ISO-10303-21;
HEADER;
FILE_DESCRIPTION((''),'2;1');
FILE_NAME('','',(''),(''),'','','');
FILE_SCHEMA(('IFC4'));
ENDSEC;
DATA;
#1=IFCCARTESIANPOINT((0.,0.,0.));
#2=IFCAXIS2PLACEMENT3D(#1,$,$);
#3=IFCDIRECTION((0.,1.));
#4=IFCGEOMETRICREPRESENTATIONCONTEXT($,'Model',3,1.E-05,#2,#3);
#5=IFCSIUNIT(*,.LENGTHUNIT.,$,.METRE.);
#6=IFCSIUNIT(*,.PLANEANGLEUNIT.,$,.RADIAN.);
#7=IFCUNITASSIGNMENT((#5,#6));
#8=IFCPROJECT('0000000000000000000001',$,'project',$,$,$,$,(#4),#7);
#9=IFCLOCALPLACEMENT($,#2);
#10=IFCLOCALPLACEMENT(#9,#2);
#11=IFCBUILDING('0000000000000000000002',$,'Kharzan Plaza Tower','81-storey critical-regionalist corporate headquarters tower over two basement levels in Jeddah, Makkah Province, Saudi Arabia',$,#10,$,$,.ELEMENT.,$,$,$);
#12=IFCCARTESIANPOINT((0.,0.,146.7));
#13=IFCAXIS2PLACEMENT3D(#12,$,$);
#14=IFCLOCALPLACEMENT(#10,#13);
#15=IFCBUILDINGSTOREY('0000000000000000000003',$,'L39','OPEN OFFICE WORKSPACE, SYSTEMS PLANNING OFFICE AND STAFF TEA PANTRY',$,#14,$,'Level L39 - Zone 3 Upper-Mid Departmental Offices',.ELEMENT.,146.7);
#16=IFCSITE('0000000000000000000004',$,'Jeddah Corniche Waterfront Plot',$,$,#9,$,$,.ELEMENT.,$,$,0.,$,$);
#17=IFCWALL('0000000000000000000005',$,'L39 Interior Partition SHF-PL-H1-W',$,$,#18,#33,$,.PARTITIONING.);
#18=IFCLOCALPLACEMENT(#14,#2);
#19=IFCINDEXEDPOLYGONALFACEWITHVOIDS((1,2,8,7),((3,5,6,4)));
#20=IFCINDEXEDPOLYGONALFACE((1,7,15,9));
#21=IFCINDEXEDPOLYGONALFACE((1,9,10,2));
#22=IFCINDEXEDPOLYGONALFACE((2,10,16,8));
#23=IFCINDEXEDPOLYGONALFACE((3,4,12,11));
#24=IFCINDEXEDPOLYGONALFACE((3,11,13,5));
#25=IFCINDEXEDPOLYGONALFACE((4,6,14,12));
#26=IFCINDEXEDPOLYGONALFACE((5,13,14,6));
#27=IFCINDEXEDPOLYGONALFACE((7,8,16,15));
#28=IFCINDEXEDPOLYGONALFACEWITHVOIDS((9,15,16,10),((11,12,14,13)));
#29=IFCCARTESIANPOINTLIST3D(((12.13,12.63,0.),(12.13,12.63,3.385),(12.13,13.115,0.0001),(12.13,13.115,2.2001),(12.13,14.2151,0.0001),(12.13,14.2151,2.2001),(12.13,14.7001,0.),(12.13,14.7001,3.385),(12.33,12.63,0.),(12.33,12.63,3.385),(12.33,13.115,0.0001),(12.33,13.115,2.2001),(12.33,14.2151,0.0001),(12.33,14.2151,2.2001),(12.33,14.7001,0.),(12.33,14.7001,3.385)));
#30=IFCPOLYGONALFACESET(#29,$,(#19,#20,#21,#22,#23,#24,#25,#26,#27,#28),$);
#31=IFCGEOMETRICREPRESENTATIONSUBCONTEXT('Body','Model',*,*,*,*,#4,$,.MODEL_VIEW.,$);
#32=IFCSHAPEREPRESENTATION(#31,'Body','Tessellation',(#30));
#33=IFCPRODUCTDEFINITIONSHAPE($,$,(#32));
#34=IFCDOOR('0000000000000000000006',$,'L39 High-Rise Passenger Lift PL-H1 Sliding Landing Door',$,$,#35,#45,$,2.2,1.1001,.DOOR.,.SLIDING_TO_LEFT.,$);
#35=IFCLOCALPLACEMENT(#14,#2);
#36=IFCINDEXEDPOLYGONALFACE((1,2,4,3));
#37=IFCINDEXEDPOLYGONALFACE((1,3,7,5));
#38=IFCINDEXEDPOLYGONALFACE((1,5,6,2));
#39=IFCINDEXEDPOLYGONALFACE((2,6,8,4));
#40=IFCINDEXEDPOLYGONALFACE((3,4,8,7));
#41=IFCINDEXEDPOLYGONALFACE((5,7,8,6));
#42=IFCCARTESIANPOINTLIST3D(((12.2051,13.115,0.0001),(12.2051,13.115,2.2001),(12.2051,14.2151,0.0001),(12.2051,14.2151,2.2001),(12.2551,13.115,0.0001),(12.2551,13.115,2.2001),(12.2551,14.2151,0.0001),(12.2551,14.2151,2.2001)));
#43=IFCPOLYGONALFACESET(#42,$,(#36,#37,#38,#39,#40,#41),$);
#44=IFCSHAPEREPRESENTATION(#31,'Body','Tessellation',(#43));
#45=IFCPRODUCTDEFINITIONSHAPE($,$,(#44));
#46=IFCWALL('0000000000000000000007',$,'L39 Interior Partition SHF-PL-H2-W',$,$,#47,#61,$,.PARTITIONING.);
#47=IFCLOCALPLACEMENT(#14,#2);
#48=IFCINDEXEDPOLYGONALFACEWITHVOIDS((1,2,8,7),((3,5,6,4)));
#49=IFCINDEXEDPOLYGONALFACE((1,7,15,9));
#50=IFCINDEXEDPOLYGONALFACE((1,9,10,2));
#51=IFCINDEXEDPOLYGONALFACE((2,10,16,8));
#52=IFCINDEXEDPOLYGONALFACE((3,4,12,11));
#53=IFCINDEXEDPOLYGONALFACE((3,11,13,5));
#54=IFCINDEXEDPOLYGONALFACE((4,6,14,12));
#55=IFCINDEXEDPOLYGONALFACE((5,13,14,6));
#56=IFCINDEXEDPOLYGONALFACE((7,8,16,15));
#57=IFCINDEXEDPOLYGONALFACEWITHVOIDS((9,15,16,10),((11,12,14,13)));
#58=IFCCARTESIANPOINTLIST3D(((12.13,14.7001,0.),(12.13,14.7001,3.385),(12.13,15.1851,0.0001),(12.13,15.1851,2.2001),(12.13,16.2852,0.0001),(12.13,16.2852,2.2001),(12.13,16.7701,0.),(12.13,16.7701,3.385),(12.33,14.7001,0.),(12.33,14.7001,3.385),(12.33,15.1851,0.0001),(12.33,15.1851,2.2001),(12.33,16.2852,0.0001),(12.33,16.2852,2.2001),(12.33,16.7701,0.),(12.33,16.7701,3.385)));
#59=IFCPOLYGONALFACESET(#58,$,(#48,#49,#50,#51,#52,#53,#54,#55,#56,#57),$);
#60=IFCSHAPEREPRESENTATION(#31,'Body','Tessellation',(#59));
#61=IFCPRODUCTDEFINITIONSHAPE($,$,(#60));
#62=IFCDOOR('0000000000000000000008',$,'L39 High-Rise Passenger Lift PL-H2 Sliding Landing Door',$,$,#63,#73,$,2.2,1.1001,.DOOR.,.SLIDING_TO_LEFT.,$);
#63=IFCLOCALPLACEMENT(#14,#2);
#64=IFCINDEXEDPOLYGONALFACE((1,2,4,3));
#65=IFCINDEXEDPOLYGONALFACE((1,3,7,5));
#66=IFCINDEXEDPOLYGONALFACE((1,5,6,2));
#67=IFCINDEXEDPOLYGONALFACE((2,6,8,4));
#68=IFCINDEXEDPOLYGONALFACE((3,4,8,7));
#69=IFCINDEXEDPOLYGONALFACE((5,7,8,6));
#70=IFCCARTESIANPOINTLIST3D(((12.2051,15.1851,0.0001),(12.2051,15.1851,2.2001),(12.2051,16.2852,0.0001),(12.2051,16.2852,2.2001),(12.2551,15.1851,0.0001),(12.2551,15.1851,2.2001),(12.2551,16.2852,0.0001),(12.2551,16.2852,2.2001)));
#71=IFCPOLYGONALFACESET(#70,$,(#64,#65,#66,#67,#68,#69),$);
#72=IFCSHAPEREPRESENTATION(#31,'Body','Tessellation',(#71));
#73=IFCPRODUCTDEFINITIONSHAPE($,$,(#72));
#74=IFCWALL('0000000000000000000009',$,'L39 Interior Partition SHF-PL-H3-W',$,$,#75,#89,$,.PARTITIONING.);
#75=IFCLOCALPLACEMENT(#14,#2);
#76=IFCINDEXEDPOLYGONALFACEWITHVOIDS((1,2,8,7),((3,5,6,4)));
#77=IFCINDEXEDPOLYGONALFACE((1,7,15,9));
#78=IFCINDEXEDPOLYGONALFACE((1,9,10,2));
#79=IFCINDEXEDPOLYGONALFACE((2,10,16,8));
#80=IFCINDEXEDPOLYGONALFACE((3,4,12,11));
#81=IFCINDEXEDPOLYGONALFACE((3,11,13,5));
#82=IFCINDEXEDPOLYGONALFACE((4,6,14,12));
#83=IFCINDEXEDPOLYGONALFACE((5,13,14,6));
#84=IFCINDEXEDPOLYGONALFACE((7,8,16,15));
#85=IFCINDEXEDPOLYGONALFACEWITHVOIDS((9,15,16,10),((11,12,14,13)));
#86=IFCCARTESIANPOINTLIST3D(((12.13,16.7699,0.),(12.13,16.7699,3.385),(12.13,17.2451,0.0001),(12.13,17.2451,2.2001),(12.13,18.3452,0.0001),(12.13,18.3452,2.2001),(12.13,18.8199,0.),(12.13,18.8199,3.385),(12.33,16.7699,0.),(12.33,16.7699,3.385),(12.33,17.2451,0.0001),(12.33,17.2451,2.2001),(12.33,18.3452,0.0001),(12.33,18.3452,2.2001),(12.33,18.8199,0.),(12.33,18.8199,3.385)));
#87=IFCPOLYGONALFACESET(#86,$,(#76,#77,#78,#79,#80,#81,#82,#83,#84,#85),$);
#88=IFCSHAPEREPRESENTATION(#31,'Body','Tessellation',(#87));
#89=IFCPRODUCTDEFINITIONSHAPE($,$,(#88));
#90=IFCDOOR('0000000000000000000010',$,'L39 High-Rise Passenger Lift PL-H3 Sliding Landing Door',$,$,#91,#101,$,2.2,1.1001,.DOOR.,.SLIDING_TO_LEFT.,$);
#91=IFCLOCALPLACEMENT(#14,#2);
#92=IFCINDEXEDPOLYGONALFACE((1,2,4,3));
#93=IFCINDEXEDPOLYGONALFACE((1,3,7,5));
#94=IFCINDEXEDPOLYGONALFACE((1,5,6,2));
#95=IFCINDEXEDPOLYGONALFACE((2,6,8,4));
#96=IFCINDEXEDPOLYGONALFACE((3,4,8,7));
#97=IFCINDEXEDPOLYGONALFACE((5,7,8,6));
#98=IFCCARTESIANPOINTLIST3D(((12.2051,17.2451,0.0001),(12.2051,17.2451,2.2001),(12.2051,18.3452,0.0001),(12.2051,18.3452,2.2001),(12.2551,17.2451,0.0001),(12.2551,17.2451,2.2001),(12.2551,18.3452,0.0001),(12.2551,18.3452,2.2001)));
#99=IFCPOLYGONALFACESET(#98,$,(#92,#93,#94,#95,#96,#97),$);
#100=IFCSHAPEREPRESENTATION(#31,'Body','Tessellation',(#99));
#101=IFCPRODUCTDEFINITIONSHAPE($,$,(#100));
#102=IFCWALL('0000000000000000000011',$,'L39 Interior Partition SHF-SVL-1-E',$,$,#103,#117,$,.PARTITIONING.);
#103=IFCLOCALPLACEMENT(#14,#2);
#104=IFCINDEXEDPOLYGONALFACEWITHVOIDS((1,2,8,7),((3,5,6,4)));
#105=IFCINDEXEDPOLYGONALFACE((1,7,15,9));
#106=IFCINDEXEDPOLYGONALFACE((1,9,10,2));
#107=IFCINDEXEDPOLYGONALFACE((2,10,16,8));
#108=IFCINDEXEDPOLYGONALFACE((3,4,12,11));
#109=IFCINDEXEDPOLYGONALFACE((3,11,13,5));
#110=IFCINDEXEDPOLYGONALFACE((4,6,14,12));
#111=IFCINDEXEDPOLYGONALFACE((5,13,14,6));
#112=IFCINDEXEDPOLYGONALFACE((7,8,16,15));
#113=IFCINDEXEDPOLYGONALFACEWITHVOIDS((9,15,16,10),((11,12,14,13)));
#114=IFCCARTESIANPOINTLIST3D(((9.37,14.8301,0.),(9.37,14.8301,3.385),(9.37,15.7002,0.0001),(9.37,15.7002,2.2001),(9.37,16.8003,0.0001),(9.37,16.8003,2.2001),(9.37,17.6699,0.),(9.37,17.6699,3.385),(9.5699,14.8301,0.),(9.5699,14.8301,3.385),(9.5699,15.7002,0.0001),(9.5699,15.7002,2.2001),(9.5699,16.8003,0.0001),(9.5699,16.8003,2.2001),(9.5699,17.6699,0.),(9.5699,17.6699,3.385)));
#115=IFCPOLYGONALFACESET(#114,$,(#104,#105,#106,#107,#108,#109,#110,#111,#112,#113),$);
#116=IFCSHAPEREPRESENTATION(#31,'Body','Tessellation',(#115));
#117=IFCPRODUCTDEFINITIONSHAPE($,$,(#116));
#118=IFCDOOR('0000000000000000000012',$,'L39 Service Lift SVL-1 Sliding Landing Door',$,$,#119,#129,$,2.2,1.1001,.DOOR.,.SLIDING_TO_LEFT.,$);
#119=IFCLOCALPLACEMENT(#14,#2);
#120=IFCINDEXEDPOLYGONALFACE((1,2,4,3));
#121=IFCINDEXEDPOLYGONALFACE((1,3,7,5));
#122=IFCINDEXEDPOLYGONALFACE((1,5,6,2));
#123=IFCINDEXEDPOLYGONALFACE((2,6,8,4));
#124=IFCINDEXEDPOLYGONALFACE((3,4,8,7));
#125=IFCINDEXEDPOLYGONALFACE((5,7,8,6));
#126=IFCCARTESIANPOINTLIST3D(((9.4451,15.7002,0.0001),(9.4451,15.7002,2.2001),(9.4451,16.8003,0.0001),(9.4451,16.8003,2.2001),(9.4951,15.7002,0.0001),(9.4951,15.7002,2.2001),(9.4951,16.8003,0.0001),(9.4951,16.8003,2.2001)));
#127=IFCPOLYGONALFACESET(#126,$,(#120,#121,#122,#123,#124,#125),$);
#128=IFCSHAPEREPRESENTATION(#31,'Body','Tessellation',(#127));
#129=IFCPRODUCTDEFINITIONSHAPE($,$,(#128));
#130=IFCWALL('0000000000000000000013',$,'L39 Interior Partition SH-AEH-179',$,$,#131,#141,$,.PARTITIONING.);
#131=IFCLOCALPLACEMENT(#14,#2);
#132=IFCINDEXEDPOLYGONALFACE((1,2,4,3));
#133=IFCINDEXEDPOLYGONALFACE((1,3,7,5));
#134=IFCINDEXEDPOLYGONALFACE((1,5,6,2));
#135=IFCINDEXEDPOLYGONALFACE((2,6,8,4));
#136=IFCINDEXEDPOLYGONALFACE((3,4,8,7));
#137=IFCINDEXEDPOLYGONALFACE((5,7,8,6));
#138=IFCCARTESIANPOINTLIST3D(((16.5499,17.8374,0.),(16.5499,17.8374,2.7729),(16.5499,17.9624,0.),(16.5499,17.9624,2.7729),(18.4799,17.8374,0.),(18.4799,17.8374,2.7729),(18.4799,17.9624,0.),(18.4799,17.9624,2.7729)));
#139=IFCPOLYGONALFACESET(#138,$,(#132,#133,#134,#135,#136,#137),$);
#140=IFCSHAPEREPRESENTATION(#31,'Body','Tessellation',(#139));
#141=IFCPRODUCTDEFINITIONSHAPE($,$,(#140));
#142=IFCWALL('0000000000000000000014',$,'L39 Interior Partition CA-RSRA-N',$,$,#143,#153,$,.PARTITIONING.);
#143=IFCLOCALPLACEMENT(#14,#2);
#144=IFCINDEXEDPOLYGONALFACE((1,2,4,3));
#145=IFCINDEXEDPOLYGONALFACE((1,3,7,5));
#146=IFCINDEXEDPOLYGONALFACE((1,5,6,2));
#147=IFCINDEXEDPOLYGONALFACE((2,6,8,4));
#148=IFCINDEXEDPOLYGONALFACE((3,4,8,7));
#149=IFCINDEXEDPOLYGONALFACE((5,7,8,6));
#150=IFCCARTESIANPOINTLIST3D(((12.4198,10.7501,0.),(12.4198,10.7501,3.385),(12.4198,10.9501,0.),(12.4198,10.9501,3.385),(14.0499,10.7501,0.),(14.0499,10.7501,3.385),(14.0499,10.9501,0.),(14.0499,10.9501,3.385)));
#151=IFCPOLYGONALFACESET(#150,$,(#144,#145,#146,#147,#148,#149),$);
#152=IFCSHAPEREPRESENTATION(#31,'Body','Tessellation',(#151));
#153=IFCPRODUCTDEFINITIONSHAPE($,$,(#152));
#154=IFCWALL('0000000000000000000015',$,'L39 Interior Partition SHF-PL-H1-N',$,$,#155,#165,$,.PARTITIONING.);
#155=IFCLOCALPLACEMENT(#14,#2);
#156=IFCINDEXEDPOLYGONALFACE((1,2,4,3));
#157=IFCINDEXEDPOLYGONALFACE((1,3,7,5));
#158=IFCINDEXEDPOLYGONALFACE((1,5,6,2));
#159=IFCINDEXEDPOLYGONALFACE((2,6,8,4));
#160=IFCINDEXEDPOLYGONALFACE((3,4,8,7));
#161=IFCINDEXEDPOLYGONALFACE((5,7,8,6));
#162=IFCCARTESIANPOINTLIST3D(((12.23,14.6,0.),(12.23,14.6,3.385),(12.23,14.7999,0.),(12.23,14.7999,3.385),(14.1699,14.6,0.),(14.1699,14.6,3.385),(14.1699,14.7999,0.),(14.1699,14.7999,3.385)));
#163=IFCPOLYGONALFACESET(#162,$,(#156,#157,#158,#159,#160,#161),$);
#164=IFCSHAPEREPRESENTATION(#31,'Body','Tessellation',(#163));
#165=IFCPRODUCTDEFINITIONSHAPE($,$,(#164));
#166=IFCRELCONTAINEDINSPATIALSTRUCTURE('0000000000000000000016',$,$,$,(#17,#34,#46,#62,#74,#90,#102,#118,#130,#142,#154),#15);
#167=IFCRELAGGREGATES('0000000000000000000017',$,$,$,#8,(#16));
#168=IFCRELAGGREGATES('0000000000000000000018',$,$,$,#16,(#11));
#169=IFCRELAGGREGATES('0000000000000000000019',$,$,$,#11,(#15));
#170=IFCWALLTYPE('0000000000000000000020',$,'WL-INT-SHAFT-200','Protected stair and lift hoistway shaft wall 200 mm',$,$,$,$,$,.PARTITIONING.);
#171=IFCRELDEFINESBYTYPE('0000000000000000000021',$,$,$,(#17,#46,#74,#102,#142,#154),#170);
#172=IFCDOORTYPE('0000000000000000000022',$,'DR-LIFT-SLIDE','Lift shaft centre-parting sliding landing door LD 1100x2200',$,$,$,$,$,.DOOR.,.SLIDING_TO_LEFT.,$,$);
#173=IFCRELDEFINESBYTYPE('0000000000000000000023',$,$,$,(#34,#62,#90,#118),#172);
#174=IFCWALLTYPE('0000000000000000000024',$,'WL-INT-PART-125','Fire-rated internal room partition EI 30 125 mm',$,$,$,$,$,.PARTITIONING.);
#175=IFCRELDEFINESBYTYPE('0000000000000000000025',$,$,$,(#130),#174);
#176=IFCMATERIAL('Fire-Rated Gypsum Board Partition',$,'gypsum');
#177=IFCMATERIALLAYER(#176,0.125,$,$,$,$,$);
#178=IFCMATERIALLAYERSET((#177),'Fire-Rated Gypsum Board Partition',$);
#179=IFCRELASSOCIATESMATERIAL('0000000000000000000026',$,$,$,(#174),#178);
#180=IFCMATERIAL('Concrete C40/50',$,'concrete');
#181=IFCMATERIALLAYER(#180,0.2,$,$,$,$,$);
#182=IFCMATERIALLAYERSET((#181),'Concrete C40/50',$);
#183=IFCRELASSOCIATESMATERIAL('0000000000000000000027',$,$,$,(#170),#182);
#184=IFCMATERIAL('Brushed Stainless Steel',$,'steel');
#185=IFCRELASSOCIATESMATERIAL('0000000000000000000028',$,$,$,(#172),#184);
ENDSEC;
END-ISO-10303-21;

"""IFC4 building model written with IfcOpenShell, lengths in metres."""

from ifc_helpers import new_model, si_unit, direction, frame, frame_2d, origin, place, context, subcontext, project, spatial, rectangle, extrude, source, transform, mapped, material, layer, layer_set, type_object, element, fill, save


model = new_model("IFC4")

# Units and contexts
model_context = context("Model", 3, precision=1e-05, world=origin(), true_north=direction((0.0, 1.0)))
body_context = subcontext(model_context, "Body", "Model", "MODEL_VIEW")
ifc_project = project(units=[si_unit("LENGTHUNIT", "METRE"), si_unit("PLANEANGLEUNIT", "RADIAN")], contexts=[model_context])

# Site, building, storey
site_placement = place(None, origin())
site = spatial("IfcSite", under=ifc_project, at=site_placement, Name="Jeddah Corniche Waterfront Plot", CompositionType="ELEMENT", RefElevation=0.0)
building_placement = place(site_placement, origin())
building = spatial("IfcBuilding", under=site, at=building_placement, Name="Kharzan Plaza Tower", Description="81-storey critical-regionalist corporate headquarters tower over two basement levels in Jeddah, Makkah Province, Saudi Arabia", CompositionType="ELEMENT")
storey_placement = place(building_placement, frame((0.0, 0.0, 146.7)))
storey = spatial("IfcBuildingStorey", under=building, at=storey_placement, Name="L39", Description="OPEN OFFICE WORKSPACE, SYSTEMS PLANNING OFFICE AND STAFF TEA PANTRY", LongName="Level L39 - Zone 3 Upper-Mid Departmental Offices", CompositionType="ELEMENT", Elevation=146.7)

# Walls, openings, doors
ifc_material_1 = material(Name="Fire-Rated Gypsum Board Partition", Category="gypsum")
ifc_layer_1 = layer(ifc_material_1, 0.125)
ifc_layer_set_1 = layer_set([ifc_layer_1], Name="Fire-Rated Gypsum Board Partition")
wall_type_1 = type_object("IfcWallType", Name="WL-INT-PART-125", Description="Fire-rated internal room partition EI 30 125 mm", PredefinedType="PARTITIONING", material=ifc_layer_set_1)
ifc_material_2 = material(Name="Concrete C40/50", Category="concrete")
ifc_layer_2 = layer(ifc_material_2, 0.2)
ifc_layer_set_2 = layer_set([ifc_layer_2], Name="Concrete C40/50")
wall_type_2 = type_object("IfcWallType", Name="WL-INT-SHAFT-200", Description="Protected stair and lift hoistway shaft wall 200 mm", PredefinedType="PARTITIONING", material=ifc_layer_set_2)
wall_1_placement = place(storey_placement, frame((12.23, 12.6299, 0.0), z_axis=(0.0, 0.0, 1.0), x_axis=(0.0, 1.0, 0.0)))
wall_1 = element("IfcWall", 1, at=wall_1_placement, inside=storey, type_object=wall_type_2, Name="L39 Interior Partition SHF-PL-H1-W", PredefinedType="PARTITIONING", context=body_context, shape_type="SweptSolid", body=[
    extrude(rectangle(XDim=2.0701, YDim=0.2, at=frame_2d((1.0352, 0.0))), origin(), (0.0, 0.0, 1.0), 3.385),
])
opening_1_placement = place(wall_1_placement, frame((0.4851, 0.0, 0.0)))
opening_1 = element("IfcOpeningElement", 2, at=opening_1_placement, cuts=wall_1, PredefinedType="OPENING", context=body_context, shape_type="SweptSolid", body=[
    extrude(rectangle(XDim=1.1001, YDim=2.2, at=frame_2d((0.55, 1.1001))), frame((0.0, 0.1099, 0.0), z_axis=(0.0, -1.0, 0.0), x_axis=(1.0, 0.0, 0.0)), (0.0, 0.0, 1.0), 0.22),
])
ifc_material_3 = material(Name="Brushed Stainless Steel", Category="steel")
door_type_1 = type_object("IfcDoorType", Name="DR-LIFT-SLIDE", Description="Lift shaft centre-parting sliding landing door LD 1100x2200", OperationType="SLIDING_TO_LEFT", PredefinedType="DOOR", material=ifc_material_3)
shared_shape_1 = source(origin(), body_context, "Body", "SweptSolid", [
    extrude(rectangle(XDim=1.1001, YDim=2.2, at=frame_2d((0.55, 1.1001))), frame((0.0, 0.0249, 0.0), z_axis=(0.0, -1.0, 0.0), x_axis=(1.0, 0.0, 0.0)), (0.0, 0.0, 1.0), 0.05),
])
door_1_placement = place(opening_1_placement, origin())
door_1 = element("IfcDoor", 3, at=door_1_placement, inside=storey, type_object=door_type_1, Name="L39 High-Rise Passenger Lift PL-H1 Sliding Landing Door", OperationType="SLIDING_TO_LEFT", OverallHeight=2.2, OverallWidth=1.1001, PredefinedType="DOOR", context=body_context, shape_type="MappedRepresentation", body=[
    mapped(shared_shape_1, transform((0.0, 0.0, 0.0), x_axis=(1.0, 0.0, 0.0), y_axis=(0.0, 1.0, 0.0), z_axis=(0.0, 0.0, 1.0))),
])
fill(opening_1, door_1)
wall_2_placement = place(storey_placement, frame((12.23, 14.7, 0.0), z_axis=(0.0, 0.0, 1.0), x_axis=(0.0, 1.0, 0.0)))
wall_2 = element("IfcWall", 4, at=wall_2_placement, inside=storey, type_object=wall_type_2, Name="L39 Interior Partition SHF-PL-H2-W", PredefinedType="PARTITIONING", context=body_context, shape_type="SweptSolid", body=[
    extrude(rectangle(XDim=2.0701, YDim=0.2, at=frame_2d((1.0352, 0.0))), origin(), (0.0, 0.0, 1.0), 3.385),
])
opening_2_placement = place(wall_2_placement, frame((0.4851, 0.0, 0.0)))
opening_2 = element("IfcOpeningElement", 5, at=opening_2_placement, cuts=wall_2, PredefinedType="OPENING", context=body_context, shape_type="SweptSolid", body=[
    extrude(rectangle(XDim=1.1001, YDim=2.2, at=frame_2d((0.55, 1.1001))), frame((0.0, 0.1099, 0.0), z_axis=(0.0, -1.0, 0.0), x_axis=(1.0, 0.0, 0.0)), (0.0, 0.0, 1.0), 0.22),
])
door_2_placement = place(opening_2_placement, origin())
door_2 = element("IfcDoor", 6, at=door_2_placement, inside=storey, type_object=door_type_1, Name="L39 High-Rise Passenger Lift PL-H2 Sliding Landing Door", OperationType="SLIDING_TO_LEFT", OverallHeight=2.2, OverallWidth=1.1001, PredefinedType="DOOR", context=body_context, shape_type="MappedRepresentation", body=[
    mapped(shared_shape_1, transform((0.0, 0.0, 0.0), x_axis=(1.0, 0.0, 0.0), y_axis=(0.0, 1.0, 0.0), z_axis=(0.0, 0.0, 1.0))),
])
fill(opening_2, door_2)
wall_3_placement = place(storey_placement, frame((12.23, 16.77, 0.0), z_axis=(0.0, 0.0, 1.0), x_axis=(0.0, 1.0, 0.0)))
wall_3 = element("IfcWall", 7, at=wall_3_placement, inside=storey, type_object=wall_type_2, Name="L39 Interior Partition SHF-PL-H3-W", PredefinedType="PARTITIONING", context=body_context, shape_type="SweptSolid", body=[
    extrude(rectangle(XDim=2.05, YDim=0.2, at=frame_2d((1.0249, 0.0))), origin(), (0.0, 0.0, 1.0), 3.385),
])
opening_3_placement = place(wall_3_placement, frame((0.4751, 0.0, 0.0)))
opening_3 = element("IfcOpeningElement", 8, at=opening_3_placement, cuts=wall_3, PredefinedType="OPENING", context=body_context, shape_type="SweptSolid", body=[
    extrude(rectangle(XDim=1.1001, YDim=2.2, at=frame_2d((0.55, 1.1001))), frame((0.0, 0.1099, 0.0), z_axis=(0.0, -1.0, 0.0), x_axis=(1.0, 0.0, 0.0)), (0.0, 0.0, 1.0), 0.22),
])
door_3_placement = place(opening_3_placement, origin())
door_3 = element("IfcDoor", 9, at=door_3_placement, inside=storey, type_object=door_type_1, Name="L39 High-Rise Passenger Lift PL-H3 Sliding Landing Door", OperationType="SLIDING_TO_LEFT", OverallHeight=2.2, OverallWidth=1.1001, PredefinedType="DOOR", context=body_context, shape_type="MappedRepresentation", body=[
    mapped(shared_shape_1, transform((0.0, 0.0, 0.0), x_axis=(1.0, 0.0, 0.0), y_axis=(0.0, 1.0, 0.0), z_axis=(0.0, 0.0, 1.0))),
])
fill(opening_3, door_3)
wall_4_placement = place(storey_placement, frame((9.47, 14.8301, 0.0), z_axis=(0.0, 0.0, 1.0), x_axis=(0.0, 1.0, 0.0)))
wall_4 = element("IfcWall", 10, at=wall_4_placement, inside=storey, type_object=wall_type_2, Name="L39 Interior Partition SHF-SVL-1-E", PredefinedType="PARTITIONING", context=body_context, shape_type="SweptSolid", body=[
    extrude(rectangle(XDim=2.8398, YDim=0.2, at=frame_2d((1.4199, 0.0))), origin(), (0.0, 0.0, 1.0), 3.385),
])
opening_4_placement = place(wall_4_placement, frame((0.8701, 0.0, 0.0)))
opening_4 = element("IfcOpeningElement", 11, at=opening_4_placement, cuts=wall_4, PredefinedType="OPENING", context=body_context, shape_type="SweptSolid", body=[
    extrude(rectangle(XDim=1.1001, YDim=2.2, at=frame_2d((0.55, 1.1001))), frame((0.0, 0.1099, 0.0), z_axis=(0.0, -1.0, 0.0), x_axis=(1.0, 0.0, 0.0)), (0.0, 0.0, 1.0), 0.22),
])
door_4_placement = place(opening_4_placement, origin())
door_4 = element("IfcDoor", 12, at=door_4_placement, inside=storey, type_object=door_type_1, Name="L39 Service Lift SVL-1 Sliding Landing Door", OperationType="SLIDING_TO_LEFT", OverallHeight=2.2, OverallWidth=1.1001, PredefinedType="DOOR", context=body_context, shape_type="MappedRepresentation", body=[
    mapped(shared_shape_1, transform((0.0, 0.0, 0.0), x_axis=(1.0, 0.0, 0.0), y_axis=(0.0, 1.0, 0.0), z_axis=(0.0, 0.0, 1.0))),
])
fill(opening_4, door_4)

# Walls
shared_shape_2 = source(origin(), body_context, "Body", "SweptSolid", [
    extrude(rectangle(XDim=1.9299, YDim=0.125, at=frame_2d((0.9648, 0.0))), origin(), (0.0, 0.0, 1.0), 2.7729),
])
wall_5_placement = place(storey_placement, frame((16.55, 17.8999, 0.0), z_axis=(0.0, 0.0, 1.0), x_axis=(1.0, 0.0, 0.0)))
element("IfcWall", 13, at=wall_5_placement, inside=storey, type_object=wall_type_1, Name="L39 Interior Partition SH-AEH-179", PredefinedType="PARTITIONING", context=body_context, shape_type="MappedRepresentation", body=[
    mapped(shared_shape_2, transform((0.0, 0.0, 0.0), x_axis=(1.0, 0.0, 0.0), y_axis=(0.0, 1.0, 0.0), z_axis=(0.0, 0.0, 1.0))),
])
shared_shape_3 = source(origin(), body_context, "Body", "SweptSolid", [
    extrude(rectangle(XDim=1.6301, YDim=0.2, at=frame_2d((0.8149, 0.0))), origin(), (0.0, 0.0, 1.0), 3.385),
])
wall_6_placement = place(storey_placement, frame((12.4199, 10.8501, 0.0), z_axis=(0.0, 0.0, 1.0), x_axis=(1.0, 0.0, 0.0)))
element("IfcWall", 14, at=wall_6_placement, inside=storey, type_object=wall_type_2, Name="L39 Interior Partition CA-RSRA-N", PredefinedType="PARTITIONING", context=body_context, shape_type="MappedRepresentation", body=[
    mapped(shared_shape_3, transform((0.0, 0.0, 0.0), x_axis=(1.0, 0.0, 0.0), y_axis=(0.0, 1.0, 0.0), z_axis=(0.0, 0.0, 1.0))),
])
shared_shape_4 = source(origin(), body_context, "Body", "SweptSolid", [
    extrude(rectangle(XDim=1.9399, YDim=0.2, at=frame_2d((0.97, 0.0))), origin(), (0.0, 0.0, 1.0), 3.385),
])
for number, where, z_axis, x_axis, name in (
    (15, (12.23, 14.7, 0.0), (0.0, 0.0, 1.0), (1.0, 0.0, 0.0), "L39 Interior Partition SHF-PL-H1-N"),
):
    element("IfcWall", number, at=place(storey_placement, frame(where, z_axis=z_axis, x_axis=x_axis)), inside=storey, type_object=wall_type_2, Name=name, PredefinedType="PARTITIONING", context=body_context, shape_type="MappedRepresentation", body=[
        mapped(shared_shape_4, transform((0.0, 0.0, 0.0), x_axis=(1.0, 0.0, 0.0), y_axis=(0.0, 1.0, 0.0), z_axis=(0.0, 0.0, 1.0))),
    ])

save(model, "model.ifc")
